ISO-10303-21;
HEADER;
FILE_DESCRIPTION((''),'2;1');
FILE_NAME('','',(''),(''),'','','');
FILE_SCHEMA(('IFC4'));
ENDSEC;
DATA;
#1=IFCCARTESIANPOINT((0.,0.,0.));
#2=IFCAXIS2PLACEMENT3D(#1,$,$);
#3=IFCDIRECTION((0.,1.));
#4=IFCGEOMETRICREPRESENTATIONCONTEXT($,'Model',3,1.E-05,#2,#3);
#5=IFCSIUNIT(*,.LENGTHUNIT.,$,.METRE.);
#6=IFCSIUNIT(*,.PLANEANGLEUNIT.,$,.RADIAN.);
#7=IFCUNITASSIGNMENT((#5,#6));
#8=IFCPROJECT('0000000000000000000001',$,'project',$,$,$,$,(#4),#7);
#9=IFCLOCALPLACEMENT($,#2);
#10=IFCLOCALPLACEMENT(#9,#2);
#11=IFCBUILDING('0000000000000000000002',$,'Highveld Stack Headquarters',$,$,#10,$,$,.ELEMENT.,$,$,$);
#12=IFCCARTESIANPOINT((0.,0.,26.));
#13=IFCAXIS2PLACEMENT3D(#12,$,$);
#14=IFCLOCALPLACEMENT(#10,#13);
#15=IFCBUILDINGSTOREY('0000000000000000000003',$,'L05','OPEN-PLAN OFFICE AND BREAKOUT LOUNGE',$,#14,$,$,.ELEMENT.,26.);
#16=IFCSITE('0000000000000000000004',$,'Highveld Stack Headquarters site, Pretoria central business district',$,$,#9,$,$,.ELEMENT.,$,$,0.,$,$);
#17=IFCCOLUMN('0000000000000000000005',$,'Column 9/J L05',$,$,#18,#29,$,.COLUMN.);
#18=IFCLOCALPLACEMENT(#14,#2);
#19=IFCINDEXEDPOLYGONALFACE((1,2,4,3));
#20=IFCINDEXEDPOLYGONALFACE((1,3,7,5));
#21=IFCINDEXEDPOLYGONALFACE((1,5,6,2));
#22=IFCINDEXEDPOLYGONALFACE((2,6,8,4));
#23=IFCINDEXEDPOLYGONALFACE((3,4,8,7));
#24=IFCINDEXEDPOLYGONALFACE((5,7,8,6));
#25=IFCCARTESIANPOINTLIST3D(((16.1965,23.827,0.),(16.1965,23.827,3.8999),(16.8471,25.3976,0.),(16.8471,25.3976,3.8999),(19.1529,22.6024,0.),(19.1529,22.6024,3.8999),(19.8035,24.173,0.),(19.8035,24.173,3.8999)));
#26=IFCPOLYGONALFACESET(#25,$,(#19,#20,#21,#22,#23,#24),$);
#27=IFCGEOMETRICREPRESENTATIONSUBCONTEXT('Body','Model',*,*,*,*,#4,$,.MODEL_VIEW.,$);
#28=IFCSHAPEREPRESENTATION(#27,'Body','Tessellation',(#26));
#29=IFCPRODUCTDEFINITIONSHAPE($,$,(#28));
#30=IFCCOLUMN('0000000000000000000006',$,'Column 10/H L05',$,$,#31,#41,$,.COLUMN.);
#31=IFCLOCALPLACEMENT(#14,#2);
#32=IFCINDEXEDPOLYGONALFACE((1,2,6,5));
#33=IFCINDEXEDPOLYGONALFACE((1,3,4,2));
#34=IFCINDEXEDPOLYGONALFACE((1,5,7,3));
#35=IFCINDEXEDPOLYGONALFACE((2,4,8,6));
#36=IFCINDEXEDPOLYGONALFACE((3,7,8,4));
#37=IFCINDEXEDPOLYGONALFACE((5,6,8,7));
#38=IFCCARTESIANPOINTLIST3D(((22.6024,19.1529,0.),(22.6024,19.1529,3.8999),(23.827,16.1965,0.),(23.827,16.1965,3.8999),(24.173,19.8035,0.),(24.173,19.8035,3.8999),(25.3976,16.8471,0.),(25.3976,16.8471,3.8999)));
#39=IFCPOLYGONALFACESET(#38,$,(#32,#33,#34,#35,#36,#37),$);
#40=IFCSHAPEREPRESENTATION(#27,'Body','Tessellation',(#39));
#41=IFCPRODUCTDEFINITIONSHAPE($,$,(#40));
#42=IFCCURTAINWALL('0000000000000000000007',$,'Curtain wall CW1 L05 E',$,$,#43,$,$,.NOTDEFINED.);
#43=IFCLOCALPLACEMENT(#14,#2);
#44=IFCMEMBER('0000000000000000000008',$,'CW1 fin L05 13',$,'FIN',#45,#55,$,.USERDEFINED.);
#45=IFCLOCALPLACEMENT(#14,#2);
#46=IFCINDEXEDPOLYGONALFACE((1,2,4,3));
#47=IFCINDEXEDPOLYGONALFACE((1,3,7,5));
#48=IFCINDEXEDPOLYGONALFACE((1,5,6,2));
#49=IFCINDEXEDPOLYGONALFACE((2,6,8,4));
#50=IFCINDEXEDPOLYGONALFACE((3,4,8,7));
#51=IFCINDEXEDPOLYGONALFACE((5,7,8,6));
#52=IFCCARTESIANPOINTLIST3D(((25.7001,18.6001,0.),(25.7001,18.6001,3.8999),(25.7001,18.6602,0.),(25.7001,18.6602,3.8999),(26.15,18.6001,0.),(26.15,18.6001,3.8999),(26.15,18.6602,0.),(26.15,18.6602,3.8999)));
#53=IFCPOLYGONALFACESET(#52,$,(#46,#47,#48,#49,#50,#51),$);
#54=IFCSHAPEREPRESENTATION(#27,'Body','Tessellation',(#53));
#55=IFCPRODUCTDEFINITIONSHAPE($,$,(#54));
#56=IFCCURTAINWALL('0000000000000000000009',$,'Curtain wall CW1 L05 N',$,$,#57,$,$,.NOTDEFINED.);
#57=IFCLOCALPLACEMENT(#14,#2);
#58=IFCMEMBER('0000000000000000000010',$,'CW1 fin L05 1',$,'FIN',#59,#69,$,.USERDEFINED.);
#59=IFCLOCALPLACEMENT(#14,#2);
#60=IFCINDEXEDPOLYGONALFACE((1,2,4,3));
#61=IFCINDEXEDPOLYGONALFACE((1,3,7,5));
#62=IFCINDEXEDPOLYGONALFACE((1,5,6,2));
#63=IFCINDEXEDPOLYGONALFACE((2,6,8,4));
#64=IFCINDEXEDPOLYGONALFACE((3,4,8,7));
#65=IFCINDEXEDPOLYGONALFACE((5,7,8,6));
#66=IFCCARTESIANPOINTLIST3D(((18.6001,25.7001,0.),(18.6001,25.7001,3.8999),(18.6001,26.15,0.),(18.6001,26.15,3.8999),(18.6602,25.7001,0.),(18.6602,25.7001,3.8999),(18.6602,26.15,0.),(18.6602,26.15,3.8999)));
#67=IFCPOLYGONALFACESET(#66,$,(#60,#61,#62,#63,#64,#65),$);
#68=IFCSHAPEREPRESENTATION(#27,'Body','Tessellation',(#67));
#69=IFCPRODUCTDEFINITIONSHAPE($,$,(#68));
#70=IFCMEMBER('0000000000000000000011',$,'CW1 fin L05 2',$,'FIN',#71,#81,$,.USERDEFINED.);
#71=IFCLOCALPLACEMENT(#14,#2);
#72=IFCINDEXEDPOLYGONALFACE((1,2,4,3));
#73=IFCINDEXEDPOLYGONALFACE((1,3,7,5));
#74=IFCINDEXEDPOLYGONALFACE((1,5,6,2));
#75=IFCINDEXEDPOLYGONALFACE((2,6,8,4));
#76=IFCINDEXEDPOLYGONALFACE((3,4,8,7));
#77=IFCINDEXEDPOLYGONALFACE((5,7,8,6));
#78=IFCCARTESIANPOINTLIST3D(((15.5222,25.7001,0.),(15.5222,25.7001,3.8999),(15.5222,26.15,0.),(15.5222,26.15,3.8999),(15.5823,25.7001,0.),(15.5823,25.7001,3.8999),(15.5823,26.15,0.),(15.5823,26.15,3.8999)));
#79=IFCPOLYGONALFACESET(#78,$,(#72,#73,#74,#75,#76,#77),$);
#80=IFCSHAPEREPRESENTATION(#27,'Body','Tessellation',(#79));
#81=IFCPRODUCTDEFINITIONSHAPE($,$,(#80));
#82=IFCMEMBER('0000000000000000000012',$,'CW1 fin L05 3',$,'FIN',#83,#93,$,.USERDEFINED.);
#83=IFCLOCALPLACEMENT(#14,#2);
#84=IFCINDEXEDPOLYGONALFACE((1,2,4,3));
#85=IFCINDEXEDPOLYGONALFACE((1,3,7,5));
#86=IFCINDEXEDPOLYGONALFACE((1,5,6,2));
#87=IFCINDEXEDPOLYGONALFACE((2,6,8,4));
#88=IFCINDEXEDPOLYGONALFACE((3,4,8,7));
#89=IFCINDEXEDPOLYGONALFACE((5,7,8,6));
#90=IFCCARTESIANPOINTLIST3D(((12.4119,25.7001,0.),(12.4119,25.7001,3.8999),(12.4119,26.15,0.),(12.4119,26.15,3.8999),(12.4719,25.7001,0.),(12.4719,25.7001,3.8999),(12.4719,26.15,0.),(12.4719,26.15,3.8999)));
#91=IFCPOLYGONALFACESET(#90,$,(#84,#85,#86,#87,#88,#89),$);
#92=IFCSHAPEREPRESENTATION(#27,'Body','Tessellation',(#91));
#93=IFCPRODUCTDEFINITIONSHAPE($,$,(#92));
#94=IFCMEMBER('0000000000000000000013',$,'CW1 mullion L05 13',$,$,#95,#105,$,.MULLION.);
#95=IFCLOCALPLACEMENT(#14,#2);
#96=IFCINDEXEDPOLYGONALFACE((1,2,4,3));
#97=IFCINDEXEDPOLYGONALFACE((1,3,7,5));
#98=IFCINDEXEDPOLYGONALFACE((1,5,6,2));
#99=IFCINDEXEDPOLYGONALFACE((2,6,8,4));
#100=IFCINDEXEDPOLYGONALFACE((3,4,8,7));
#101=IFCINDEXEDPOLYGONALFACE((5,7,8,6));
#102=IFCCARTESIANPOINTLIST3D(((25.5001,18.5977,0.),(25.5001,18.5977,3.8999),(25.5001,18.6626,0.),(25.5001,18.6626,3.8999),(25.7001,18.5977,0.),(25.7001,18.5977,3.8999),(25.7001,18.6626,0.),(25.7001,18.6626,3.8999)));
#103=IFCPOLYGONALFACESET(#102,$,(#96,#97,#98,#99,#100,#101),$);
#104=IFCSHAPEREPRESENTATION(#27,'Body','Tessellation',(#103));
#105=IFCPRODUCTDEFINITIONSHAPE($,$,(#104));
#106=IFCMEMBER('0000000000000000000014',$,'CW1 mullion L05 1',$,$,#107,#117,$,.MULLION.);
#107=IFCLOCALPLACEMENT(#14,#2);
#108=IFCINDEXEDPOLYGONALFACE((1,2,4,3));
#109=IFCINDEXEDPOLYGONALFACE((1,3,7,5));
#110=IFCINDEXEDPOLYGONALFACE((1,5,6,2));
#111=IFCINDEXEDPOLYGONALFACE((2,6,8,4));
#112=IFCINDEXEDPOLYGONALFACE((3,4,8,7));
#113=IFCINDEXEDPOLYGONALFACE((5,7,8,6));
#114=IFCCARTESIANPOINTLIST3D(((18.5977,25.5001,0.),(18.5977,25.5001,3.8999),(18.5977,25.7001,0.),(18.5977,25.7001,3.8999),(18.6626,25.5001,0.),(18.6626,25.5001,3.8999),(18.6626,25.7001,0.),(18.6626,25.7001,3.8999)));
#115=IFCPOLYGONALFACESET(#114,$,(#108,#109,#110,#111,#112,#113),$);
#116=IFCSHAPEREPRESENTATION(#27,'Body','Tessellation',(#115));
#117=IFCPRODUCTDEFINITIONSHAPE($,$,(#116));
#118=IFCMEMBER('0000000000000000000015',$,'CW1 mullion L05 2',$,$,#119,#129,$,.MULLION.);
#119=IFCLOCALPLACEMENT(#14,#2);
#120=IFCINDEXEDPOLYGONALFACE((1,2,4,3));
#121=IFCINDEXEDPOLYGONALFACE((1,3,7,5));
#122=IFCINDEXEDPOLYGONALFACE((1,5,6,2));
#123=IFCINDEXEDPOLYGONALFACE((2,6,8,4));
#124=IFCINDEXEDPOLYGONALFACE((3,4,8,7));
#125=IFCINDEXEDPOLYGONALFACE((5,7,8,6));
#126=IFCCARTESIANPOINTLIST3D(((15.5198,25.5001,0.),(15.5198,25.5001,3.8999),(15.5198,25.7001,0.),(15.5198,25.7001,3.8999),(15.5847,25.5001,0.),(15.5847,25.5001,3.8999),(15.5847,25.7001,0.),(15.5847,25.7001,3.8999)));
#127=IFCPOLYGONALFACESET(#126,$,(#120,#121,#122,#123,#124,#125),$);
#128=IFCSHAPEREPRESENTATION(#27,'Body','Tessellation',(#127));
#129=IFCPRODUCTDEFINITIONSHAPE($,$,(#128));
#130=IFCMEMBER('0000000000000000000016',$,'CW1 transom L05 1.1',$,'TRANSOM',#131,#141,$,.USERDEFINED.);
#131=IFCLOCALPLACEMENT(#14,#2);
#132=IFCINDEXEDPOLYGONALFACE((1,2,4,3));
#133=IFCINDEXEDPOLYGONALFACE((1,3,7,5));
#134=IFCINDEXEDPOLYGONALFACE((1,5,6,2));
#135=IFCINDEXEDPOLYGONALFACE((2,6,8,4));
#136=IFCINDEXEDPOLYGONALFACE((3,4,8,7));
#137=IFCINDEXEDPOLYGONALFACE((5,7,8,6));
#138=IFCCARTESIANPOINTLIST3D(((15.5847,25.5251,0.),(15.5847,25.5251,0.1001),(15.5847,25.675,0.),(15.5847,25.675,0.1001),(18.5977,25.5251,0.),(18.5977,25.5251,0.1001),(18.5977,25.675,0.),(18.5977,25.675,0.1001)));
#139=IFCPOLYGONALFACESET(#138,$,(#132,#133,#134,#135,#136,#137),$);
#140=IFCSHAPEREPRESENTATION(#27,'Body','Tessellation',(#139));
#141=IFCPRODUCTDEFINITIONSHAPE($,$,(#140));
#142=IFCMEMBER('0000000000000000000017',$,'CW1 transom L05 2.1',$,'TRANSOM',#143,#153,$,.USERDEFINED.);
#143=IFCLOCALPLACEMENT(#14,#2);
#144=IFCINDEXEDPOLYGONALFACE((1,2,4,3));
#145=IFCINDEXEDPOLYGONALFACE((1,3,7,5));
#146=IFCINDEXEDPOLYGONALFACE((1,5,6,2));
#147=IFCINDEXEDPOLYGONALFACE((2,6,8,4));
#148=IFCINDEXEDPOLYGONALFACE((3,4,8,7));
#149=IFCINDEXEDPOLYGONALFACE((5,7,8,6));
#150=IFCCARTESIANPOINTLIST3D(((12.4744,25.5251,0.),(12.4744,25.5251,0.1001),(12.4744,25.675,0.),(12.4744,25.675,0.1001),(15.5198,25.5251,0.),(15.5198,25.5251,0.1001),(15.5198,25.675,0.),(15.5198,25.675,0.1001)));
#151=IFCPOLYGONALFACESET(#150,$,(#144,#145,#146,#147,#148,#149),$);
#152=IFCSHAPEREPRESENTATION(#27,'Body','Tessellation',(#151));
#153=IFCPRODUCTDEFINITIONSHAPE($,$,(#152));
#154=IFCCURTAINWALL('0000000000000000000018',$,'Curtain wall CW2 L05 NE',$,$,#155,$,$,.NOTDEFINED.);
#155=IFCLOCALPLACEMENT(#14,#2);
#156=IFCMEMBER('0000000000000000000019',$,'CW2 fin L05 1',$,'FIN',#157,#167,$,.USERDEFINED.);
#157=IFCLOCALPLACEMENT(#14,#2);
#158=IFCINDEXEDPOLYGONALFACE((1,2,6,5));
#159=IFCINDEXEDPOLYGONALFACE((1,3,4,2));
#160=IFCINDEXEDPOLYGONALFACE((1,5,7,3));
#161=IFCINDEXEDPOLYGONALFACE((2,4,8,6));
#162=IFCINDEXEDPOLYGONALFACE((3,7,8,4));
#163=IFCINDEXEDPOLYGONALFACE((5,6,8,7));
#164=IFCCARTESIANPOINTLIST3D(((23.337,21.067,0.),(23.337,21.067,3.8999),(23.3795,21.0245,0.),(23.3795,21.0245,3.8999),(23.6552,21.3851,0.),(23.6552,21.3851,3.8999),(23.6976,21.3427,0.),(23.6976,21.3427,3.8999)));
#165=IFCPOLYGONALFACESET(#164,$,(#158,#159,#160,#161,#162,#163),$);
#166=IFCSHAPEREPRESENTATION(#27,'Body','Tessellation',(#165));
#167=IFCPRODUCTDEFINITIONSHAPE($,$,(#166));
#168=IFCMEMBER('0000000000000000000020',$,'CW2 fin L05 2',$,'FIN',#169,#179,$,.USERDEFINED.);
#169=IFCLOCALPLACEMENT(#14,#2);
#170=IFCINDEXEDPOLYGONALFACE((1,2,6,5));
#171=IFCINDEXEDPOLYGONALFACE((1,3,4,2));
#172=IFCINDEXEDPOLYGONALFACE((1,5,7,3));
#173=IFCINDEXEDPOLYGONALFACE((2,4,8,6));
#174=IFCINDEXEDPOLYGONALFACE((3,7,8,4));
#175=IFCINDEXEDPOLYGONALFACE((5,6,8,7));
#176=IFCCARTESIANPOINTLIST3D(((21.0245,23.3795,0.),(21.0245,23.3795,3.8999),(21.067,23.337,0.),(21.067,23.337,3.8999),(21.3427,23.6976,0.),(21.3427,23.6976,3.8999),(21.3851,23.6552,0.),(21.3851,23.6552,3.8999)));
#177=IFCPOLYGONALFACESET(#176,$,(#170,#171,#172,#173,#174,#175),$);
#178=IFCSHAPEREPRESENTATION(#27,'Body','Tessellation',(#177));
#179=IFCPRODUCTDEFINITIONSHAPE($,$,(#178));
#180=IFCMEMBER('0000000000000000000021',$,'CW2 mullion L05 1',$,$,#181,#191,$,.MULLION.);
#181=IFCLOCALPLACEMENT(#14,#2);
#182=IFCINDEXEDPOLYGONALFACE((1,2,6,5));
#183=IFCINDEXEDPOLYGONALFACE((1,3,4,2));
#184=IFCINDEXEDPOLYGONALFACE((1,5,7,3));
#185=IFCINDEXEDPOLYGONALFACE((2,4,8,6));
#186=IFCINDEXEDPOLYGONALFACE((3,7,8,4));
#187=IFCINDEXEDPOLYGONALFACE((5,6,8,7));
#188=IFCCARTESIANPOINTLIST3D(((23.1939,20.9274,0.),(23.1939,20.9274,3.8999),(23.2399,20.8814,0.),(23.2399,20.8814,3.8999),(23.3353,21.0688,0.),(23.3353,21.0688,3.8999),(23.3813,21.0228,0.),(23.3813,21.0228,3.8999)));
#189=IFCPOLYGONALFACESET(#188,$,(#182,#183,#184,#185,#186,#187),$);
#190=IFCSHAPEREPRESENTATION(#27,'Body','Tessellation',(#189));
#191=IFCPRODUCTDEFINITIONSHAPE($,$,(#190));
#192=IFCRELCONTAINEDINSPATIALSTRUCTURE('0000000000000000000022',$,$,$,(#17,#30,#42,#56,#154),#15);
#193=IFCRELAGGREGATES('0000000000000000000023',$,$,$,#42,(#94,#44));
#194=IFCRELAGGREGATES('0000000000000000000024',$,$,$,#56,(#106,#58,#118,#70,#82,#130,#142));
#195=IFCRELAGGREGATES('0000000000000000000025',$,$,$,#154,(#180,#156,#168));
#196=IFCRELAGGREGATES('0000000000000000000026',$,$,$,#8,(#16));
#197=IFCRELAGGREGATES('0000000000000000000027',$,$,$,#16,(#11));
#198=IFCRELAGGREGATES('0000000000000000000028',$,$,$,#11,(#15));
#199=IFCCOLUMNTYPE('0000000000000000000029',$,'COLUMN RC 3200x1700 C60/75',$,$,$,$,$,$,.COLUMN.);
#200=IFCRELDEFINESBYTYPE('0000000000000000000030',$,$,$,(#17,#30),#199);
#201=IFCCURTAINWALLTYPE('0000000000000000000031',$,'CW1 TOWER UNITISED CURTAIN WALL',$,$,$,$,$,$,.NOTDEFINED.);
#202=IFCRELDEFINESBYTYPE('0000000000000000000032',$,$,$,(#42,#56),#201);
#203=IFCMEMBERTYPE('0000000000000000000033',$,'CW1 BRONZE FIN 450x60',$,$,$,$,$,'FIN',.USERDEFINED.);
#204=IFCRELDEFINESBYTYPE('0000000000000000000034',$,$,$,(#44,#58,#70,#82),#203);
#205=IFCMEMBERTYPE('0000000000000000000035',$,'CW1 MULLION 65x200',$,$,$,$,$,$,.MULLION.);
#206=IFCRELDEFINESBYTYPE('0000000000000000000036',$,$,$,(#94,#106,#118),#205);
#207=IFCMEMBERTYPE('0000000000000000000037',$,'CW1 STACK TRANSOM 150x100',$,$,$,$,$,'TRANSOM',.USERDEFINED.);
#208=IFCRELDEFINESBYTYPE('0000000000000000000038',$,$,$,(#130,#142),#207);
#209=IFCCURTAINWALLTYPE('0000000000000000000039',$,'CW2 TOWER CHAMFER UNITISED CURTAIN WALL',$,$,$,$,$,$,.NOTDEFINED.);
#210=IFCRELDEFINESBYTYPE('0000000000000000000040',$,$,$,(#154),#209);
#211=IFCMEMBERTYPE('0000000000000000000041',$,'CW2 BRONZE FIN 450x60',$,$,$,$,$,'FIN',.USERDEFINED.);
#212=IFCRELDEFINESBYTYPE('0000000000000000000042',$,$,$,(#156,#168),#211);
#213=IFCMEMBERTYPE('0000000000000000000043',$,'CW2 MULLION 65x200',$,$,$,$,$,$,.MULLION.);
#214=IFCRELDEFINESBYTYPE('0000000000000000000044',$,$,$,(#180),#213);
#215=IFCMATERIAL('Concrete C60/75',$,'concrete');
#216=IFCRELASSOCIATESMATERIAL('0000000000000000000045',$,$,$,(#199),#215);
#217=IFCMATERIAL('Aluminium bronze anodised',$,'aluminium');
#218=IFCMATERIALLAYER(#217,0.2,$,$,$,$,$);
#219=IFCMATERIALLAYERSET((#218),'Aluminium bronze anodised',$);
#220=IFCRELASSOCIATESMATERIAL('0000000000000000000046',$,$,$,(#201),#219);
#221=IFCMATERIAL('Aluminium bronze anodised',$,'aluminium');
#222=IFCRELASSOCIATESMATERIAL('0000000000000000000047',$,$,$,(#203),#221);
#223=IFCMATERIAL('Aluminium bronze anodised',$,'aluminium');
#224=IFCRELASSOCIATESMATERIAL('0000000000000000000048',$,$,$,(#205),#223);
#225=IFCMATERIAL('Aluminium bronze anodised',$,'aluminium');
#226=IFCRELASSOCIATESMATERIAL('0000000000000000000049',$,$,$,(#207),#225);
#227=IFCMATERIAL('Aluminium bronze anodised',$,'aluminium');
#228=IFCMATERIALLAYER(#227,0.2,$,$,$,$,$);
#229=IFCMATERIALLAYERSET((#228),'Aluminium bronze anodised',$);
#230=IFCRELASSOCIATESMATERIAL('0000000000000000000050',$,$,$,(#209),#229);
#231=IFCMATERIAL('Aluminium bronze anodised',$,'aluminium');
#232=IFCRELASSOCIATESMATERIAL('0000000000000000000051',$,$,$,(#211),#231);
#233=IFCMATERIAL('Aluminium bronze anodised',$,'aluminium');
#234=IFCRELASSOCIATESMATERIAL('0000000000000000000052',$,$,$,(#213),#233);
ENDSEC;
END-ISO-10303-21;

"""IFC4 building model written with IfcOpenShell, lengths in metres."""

from ifc_helpers import new_model, si_unit, direction, frame, origin, origin_2d, place, context, subcontext, project, spatial, rectangle, extrude, material, layer, layer_set, material_profile, profile_set, type_object, element, aggregate, save


model = new_model("IFC4")

# Units and contexts
model_context = context("Model", 3, precision=1e-05, world=origin(), true_north=direction((0.0, 1.0)))
body_context = subcontext(model_context, "Body", "Model", "MODEL_VIEW")
ifc_project = project(units=[si_unit("LENGTHUNIT", "METRE"), si_unit("PLANEANGLEUNIT", "RADIAN")], contexts=[model_context])

# Site, building, storey
site_placement = place(None, origin())
site = spatial("IfcSite", under=ifc_project, at=site_placement, Name="Highveld Stack Headquarters site, Pretoria central business district", CompositionType="ELEMENT", RefElevation=0.0)
building_placement = place(site_placement, origin())
building = spatial("IfcBuilding", under=site, at=building_placement, Name="Highveld Stack Headquarters", CompositionType="ELEMENT")
storey_placement = place(building_placement, frame((0.0, 0.0, 26.0)))
storey = spatial("IfcBuildingStorey", under=building, at=storey_placement, Name="L05", Description="OPEN-PLAN OFFICE AND BREAKOUT LOUNGE", CompositionType="ELEMENT", Elevation=26.0)

# Columns
ifc_material_1 = material(Name="Concrete C60/75", Category="concrete")
ifc_material_profile_1 = material_profile(ifc_material_1, rectangle(XDim=3.2, YDim=1.7, at=origin_2d()), Name="RC 3200x1700")
ifc_profile_set_1 = profile_set([ifc_material_profile_1], Name="Concrete C60/75")
column_type = type_object("IfcColumnType", Name="COLUMN RC 3200x1700 C60/75", PredefinedType="COLUMN", material=ifc_profile_set_1)
for number, where, z_axis, x_axis, name in (
    (1, (18.0, 24.0, 0.0), (0.0, 0.0, 1.0), (0.92388, -0.382683, 0.0), "Column 9/J L05"),
    (2, (24.0, 18.0, 0.0), (0.0, 0.0, 1.0), (0.382683, -0.92388, 0.0), "Column 10/H L05"),
):
    element("IfcColumn", number, at=place(storey_placement, frame(where, z_axis=z_axis, x_axis=x_axis)), inside=storey, type_object=column_type, Name=name, PredefinedType="COLUMN", context=body_context, shape_type="SweptSolid", body=[
        extrude(rectangle(XDim=3.2, YDim=1.7, at=origin_2d()), origin(), (0.0, 0.0, 1.0), 3.8999),
    ])

# Curtain wall, member
ifc_material_2 = material(Name="Aluminium bronze anodised", Category="aluminium")
ifc_layer_1 = layer(ifc_material_2, 0.2)
ifc_layer_set_1 = layer_set([ifc_layer_1], Name="Aluminium bronze anodised")
curtain_wall_type_1 = type_object("IfcCurtainWallType", Name="CW1 TOWER UNITISED CURTAIN WALL", PredefinedType="NOTDEFINED", material=ifc_layer_set_1)
curtain_wall_1_placement = place(storey_placement, origin())
curtain_wall_1 = element("IfcCurtainWall", 3, at=curtain_wall_1_placement, inside=storey, type_object=curtain_wall_type_1, Name="Curtain wall CW1 L05 E", PredefinedType="NOTDEFINED")
ifc_material_3 = material(Name="Aluminium bronze anodised", Category="aluminium")
ifc_material_profile_2 = material_profile(ifc_material_3, rectangle(XDim=0.45, YDim=0.0601, at=origin_2d()), Name="FIN 450x60")
ifc_profile_set_2 = profile_set([ifc_material_profile_2], Name="Aluminium bronze anodised")
member_type_1 = type_object("IfcMemberType", Name="CW1 BRONZE FIN 450x60", ElementType="FIN", PredefinedType="USERDEFINED", material=ifc_profile_set_2)
member_1_placement = place(storey_placement, frame((25.925, 18.6301, 0.0), z_axis=(0.0, 0.0, 1.0), x_axis=(-1.0, 0.0, 0.0)))
member_1 = element("IfcMember", 4, at=member_1_placement, type_object=member_type_1, Name="CW1 fin L05 13", ObjectType="FIN", PredefinedType="USERDEFINED", context=body_context, shape_type="SweptSolid", body=[
    extrude(rectangle(XDim=0.45, YDim=0.0601, at=origin_2d()), origin(), (0.0, 0.0, 1.0), 3.8999),
])

# Curtain wall, members
curtain_wall_2_placement = place(storey_placement, origin())
curtain_wall_2 = element("IfcCurtainWall", 5, at=curtain_wall_2_placement, inside=storey, type_object=curtain_wall_type_1, Name="Curtain wall CW1 L05 N", PredefinedType="NOTDEFINED")
member_2_placement = place(storey_placement, frame((18.6301, 25.925, 0.0), z_axis=(0.0, 0.0, 1.0), x_axis=(0.0, -1.0, 0.0)))
member_2 = element("IfcMember", 6, at=member_2_placement, type_object=member_type_1, Name="CW1 fin L05 1", ObjectType="FIN", PredefinedType="USERDEFINED", context=body_context, shape_type="SweptSolid", body=[
    extrude(rectangle(XDim=0.45, YDim=0.0601, at=origin_2d()), origin(), (0.0, 0.0, 1.0), 3.8999),
])
member_3_placement = place(storey_placement, frame((15.5522, 25.925, 0.0), z_axis=(0.0, 0.0, 1.0), x_axis=(0.0, -1.0, 0.0)))
member_3 = element("IfcMember", 7, at=member_3_placement, type_object=member_type_1, Name="CW1 fin L05 2", ObjectType="FIN", PredefinedType="USERDEFINED", context=body_context, shape_type="SweptSolid", body=[
    extrude(rectangle(XDim=0.45, YDim=0.0601, at=origin_2d()), origin(), (0.0, 0.0, 1.0), 3.8999),
])
member_4_placement = place(storey_placement, frame((12.4419, 25.925, 0.0), z_axis=(0.0, 0.0, 1.0), x_axis=(0.0, -1.0, 0.0)))
member_4 = element("IfcMember", 8, at=member_4_placement, type_object=member_type_1, Name="CW1 fin L05 3", ObjectType="FIN", PredefinedType="USERDEFINED", context=body_context, shape_type="SweptSolid", body=[
    extrude(rectangle(XDim=0.45, YDim=0.0601, at=origin_2d()), origin(), (0.0, 0.0, 1.0), 3.8999),
])

# Members
ifc_material_4 = material(Name="Aluminium bronze anodised", Category="aluminium")
ifc_material_profile_3 = material_profile(ifc_material_4, rectangle(XDim=0.2, YDim=0.0649, at=origin_2d()), Name="CW1 MULLION 65x200")
ifc_profile_set_3 = profile_set([ifc_material_profile_3], Name="Aluminium bronze anodised")
member_type_2 = type_object("IfcMemberType", Name="CW1 MULLION 65x200", PredefinedType="MULLION", material=ifc_profile_set_3)
member_5_placement = place(storey_placement, frame((25.6001, 18.6301, 0.0), z_axis=(0.0, 0.0, 1.0), x_axis=(-1.0, 0.0, 0.0)))
member_5 = element("IfcMember", 9, at=member_5_placement, type_object=member_type_2, Name="CW1 mullion L05 13", PredefinedType="MULLION", context=body_context, shape_type="SweptSolid", body=[
    extrude(rectangle(XDim=0.2, YDim=0.0649, at=origin_2d()), origin(), (0.0, 0.0, 1.0), 3.8999),
])
aggregate(curtain_wall_1, [member_5, member_1])
member_6_placement = place(storey_placement, frame((18.6301, 25.6001, 0.0), z_axis=(0.0, 0.0, 1.0), x_axis=(0.0, -1.0, 0.0)))
member_6 = element("IfcMember", 10, at=member_6_placement, type_object=member_type_2, Name="CW1 mullion L05 1", PredefinedType="MULLION", context=body_context, shape_type="SweptSolid", body=[
    extrude(rectangle(XDim=0.2, YDim=0.0649, at=origin_2d()), origin(), (0.0, 0.0, 1.0), 3.8999),
])
member_7_placement = place(storey_placement, frame((15.5522, 25.6001, 0.0), z_axis=(0.0, 0.0, 1.0), x_axis=(0.0, -1.0, 0.0)))
member_7 = element("IfcMember", 11, at=member_7_placement, type_object=member_type_2, Name="CW1 mullion L05 2", PredefinedType="MULLION", context=body_context, shape_type="SweptSolid", body=[
    extrude(rectangle(XDim=0.2, YDim=0.0649, at=origin_2d()), origin(), (0.0, 0.0, 1.0), 3.8999),
])
ifc_material_5 = material(Name="Aluminium bronze anodised", Category="aluminium")
ifc_material_profile_4 = material_profile(ifc_material_5, rectangle(XDim=0.1499, YDim=0.1001, at=origin_2d()), Name="CW1 TRANSOM 150x100")
ifc_profile_set_4 = profile_set([ifc_material_profile_4], Name="Aluminium bronze anodised")
member_type_3 = type_object("IfcMemberType", Name="CW1 STACK TRANSOM 150x100", ElementType="TRANSOM", PredefinedType="USERDEFINED", material=ifc_profile_set_4)
member_8_placement = place(storey_placement, frame((18.5977, 25.6001, 0.05), z_axis=(-1.0, 0.0, 0.0), x_axis=(0.0, -1.0, 0.0)))
member_8 = element("IfcMember", 12, at=member_8_placement, type_object=member_type_3, Name="CW1 transom L05 1.1", ObjectType="TRANSOM", PredefinedType="USERDEFINED", context=body_context, shape_type="SweptSolid", body=[
    extrude(rectangle(XDim=0.1499, YDim=0.1001, at=origin_2d()), origin(), (0.0, 0.0, 1.0), 3.0129),
])
member_9_placement = place(storey_placement, frame((15.5198, 25.6001, 0.05), z_axis=(-1.0, 0.0, 0.0), x_axis=(0.0, -1.0, 0.0)))
member_9 = element("IfcMember", 13, at=member_9_placement, type_object=member_type_3, Name="CW1 transom L05 2.1", ObjectType="TRANSOM", PredefinedType="USERDEFINED", context=body_context, shape_type="SweptSolid", body=[
    extrude(rectangle(XDim=0.1499, YDim=0.1001, at=origin_2d()), origin(), (0.0, 0.0, 1.0), 3.0454),
])

# Curtain wall, members
ifc_material_6 = material(Name="Aluminium bronze anodised", Category="aluminium")
ifc_layer_2 = layer(ifc_material_6, 0.2)
ifc_layer_set_2 = layer_set([ifc_layer_2], Name="Aluminium bronze anodised")
curtain_wall_type_2 = type_object("IfcCurtainWallType", Name="CW2 TOWER CHAMFER UNITISED CURTAIN WALL", PredefinedType="NOTDEFINED", material=ifc_layer_set_2)
curtain_wall_3_placement = place(storey_placement, origin())
curtain_wall_3 = element("IfcCurtainWall", 14, at=curtain_wall_3_placement, inside=storey, type_object=curtain_wall_type_2, Name="Curtain wall CW2 L05 NE", PredefinedType="NOTDEFINED")
ifc_material_7 = material(Name="Aluminium bronze anodised", Category="aluminium")
ifc_material_profile_5 = material_profile(ifc_material_7, rectangle(XDim=0.45, YDim=0.0601, at=origin_2d()), Name="FIN 450x60")
ifc_profile_set_5 = profile_set([ifc_material_profile_5], Name="Aluminium bronze anodised")
member_type_4 = type_object("IfcMemberType", Name="CW2 BRONZE FIN 450x60", ElementType="FIN", PredefinedType="USERDEFINED", material=ifc_profile_set_5)
member_10_placement = place(storey_placement, frame((23.5173, 21.2048, 0.0), z_axis=(0.0, 0.0, 1.0), x_axis=(-0.707107, -0.707107, 0.0)))
member_10 = element("IfcMember", 15, at=member_10_placement, type_object=member_type_4, Name="CW2 fin L05 1", ObjectType="FIN", PredefinedType="USERDEFINED", context=body_context, shape_type="SweptSolid", body=[
    extrude(rectangle(XDim=0.45, YDim=0.0601, at=origin_2d()), origin(), (0.0, 0.0, 1.0), 3.8999),
])
member_11_placement = place(storey_placement, frame((21.2048, 23.5173, 0.0), z_axis=(0.0, 0.0, 1.0), x_axis=(-0.707107, -0.707107, 0.0)))
member_11 = element("IfcMember", 16, at=member_11_placement, type_object=member_type_4, Name="CW2 fin L05 2", ObjectType="FIN", PredefinedType="USERDEFINED", context=body_context, shape_type="SweptSolid", body=[
    extrude(rectangle(XDim=0.45, YDim=0.0601, at=origin_2d()), origin(), (0.0, 0.0, 1.0), 3.8999),
])
ifc_material_8 = material(Name="Aluminium bronze anodised", Category="aluminium")
ifc_material_profile_6 = material_profile(ifc_material_8, rectangle(XDim=0.2, YDim=0.0649, at=origin_2d()), Name="CW2 MULLION 65x200")
ifc_profile_set_6 = profile_set([ifc_material_profile_6], Name="Aluminium bronze anodised")
member_type_5 = type_object("IfcMemberType", Name="CW2 MULLION 65x200", PredefinedType="MULLION", material=ifc_profile_set_6)
member_12_placement = place(storey_placement, frame((23.2876, 20.9751, 0.0), z_axis=(0.0, 0.0, 1.0), x_axis=(-0.707107, -0.707107, 0.0)))
member_12 = element("IfcMember", 17, at=member_12_placement, type_object=member_type_5, Name="CW2 mullion L05 1", PredefinedType="MULLION", context=body_context, shape_type="SweptSolid", body=[
    extrude(rectangle(XDim=0.2, YDim=0.0649, at=origin_2d()), origin(), (0.0, 0.0, 1.0), 3.8999),
])

aggregate(curtain_wall_2, [member_6, member_2, member_7, member_3, member_4, member_8, member_9])
aggregate(curtain_wall_3, [member_12, member_10, member_11])

save(model, "model.ifc")
